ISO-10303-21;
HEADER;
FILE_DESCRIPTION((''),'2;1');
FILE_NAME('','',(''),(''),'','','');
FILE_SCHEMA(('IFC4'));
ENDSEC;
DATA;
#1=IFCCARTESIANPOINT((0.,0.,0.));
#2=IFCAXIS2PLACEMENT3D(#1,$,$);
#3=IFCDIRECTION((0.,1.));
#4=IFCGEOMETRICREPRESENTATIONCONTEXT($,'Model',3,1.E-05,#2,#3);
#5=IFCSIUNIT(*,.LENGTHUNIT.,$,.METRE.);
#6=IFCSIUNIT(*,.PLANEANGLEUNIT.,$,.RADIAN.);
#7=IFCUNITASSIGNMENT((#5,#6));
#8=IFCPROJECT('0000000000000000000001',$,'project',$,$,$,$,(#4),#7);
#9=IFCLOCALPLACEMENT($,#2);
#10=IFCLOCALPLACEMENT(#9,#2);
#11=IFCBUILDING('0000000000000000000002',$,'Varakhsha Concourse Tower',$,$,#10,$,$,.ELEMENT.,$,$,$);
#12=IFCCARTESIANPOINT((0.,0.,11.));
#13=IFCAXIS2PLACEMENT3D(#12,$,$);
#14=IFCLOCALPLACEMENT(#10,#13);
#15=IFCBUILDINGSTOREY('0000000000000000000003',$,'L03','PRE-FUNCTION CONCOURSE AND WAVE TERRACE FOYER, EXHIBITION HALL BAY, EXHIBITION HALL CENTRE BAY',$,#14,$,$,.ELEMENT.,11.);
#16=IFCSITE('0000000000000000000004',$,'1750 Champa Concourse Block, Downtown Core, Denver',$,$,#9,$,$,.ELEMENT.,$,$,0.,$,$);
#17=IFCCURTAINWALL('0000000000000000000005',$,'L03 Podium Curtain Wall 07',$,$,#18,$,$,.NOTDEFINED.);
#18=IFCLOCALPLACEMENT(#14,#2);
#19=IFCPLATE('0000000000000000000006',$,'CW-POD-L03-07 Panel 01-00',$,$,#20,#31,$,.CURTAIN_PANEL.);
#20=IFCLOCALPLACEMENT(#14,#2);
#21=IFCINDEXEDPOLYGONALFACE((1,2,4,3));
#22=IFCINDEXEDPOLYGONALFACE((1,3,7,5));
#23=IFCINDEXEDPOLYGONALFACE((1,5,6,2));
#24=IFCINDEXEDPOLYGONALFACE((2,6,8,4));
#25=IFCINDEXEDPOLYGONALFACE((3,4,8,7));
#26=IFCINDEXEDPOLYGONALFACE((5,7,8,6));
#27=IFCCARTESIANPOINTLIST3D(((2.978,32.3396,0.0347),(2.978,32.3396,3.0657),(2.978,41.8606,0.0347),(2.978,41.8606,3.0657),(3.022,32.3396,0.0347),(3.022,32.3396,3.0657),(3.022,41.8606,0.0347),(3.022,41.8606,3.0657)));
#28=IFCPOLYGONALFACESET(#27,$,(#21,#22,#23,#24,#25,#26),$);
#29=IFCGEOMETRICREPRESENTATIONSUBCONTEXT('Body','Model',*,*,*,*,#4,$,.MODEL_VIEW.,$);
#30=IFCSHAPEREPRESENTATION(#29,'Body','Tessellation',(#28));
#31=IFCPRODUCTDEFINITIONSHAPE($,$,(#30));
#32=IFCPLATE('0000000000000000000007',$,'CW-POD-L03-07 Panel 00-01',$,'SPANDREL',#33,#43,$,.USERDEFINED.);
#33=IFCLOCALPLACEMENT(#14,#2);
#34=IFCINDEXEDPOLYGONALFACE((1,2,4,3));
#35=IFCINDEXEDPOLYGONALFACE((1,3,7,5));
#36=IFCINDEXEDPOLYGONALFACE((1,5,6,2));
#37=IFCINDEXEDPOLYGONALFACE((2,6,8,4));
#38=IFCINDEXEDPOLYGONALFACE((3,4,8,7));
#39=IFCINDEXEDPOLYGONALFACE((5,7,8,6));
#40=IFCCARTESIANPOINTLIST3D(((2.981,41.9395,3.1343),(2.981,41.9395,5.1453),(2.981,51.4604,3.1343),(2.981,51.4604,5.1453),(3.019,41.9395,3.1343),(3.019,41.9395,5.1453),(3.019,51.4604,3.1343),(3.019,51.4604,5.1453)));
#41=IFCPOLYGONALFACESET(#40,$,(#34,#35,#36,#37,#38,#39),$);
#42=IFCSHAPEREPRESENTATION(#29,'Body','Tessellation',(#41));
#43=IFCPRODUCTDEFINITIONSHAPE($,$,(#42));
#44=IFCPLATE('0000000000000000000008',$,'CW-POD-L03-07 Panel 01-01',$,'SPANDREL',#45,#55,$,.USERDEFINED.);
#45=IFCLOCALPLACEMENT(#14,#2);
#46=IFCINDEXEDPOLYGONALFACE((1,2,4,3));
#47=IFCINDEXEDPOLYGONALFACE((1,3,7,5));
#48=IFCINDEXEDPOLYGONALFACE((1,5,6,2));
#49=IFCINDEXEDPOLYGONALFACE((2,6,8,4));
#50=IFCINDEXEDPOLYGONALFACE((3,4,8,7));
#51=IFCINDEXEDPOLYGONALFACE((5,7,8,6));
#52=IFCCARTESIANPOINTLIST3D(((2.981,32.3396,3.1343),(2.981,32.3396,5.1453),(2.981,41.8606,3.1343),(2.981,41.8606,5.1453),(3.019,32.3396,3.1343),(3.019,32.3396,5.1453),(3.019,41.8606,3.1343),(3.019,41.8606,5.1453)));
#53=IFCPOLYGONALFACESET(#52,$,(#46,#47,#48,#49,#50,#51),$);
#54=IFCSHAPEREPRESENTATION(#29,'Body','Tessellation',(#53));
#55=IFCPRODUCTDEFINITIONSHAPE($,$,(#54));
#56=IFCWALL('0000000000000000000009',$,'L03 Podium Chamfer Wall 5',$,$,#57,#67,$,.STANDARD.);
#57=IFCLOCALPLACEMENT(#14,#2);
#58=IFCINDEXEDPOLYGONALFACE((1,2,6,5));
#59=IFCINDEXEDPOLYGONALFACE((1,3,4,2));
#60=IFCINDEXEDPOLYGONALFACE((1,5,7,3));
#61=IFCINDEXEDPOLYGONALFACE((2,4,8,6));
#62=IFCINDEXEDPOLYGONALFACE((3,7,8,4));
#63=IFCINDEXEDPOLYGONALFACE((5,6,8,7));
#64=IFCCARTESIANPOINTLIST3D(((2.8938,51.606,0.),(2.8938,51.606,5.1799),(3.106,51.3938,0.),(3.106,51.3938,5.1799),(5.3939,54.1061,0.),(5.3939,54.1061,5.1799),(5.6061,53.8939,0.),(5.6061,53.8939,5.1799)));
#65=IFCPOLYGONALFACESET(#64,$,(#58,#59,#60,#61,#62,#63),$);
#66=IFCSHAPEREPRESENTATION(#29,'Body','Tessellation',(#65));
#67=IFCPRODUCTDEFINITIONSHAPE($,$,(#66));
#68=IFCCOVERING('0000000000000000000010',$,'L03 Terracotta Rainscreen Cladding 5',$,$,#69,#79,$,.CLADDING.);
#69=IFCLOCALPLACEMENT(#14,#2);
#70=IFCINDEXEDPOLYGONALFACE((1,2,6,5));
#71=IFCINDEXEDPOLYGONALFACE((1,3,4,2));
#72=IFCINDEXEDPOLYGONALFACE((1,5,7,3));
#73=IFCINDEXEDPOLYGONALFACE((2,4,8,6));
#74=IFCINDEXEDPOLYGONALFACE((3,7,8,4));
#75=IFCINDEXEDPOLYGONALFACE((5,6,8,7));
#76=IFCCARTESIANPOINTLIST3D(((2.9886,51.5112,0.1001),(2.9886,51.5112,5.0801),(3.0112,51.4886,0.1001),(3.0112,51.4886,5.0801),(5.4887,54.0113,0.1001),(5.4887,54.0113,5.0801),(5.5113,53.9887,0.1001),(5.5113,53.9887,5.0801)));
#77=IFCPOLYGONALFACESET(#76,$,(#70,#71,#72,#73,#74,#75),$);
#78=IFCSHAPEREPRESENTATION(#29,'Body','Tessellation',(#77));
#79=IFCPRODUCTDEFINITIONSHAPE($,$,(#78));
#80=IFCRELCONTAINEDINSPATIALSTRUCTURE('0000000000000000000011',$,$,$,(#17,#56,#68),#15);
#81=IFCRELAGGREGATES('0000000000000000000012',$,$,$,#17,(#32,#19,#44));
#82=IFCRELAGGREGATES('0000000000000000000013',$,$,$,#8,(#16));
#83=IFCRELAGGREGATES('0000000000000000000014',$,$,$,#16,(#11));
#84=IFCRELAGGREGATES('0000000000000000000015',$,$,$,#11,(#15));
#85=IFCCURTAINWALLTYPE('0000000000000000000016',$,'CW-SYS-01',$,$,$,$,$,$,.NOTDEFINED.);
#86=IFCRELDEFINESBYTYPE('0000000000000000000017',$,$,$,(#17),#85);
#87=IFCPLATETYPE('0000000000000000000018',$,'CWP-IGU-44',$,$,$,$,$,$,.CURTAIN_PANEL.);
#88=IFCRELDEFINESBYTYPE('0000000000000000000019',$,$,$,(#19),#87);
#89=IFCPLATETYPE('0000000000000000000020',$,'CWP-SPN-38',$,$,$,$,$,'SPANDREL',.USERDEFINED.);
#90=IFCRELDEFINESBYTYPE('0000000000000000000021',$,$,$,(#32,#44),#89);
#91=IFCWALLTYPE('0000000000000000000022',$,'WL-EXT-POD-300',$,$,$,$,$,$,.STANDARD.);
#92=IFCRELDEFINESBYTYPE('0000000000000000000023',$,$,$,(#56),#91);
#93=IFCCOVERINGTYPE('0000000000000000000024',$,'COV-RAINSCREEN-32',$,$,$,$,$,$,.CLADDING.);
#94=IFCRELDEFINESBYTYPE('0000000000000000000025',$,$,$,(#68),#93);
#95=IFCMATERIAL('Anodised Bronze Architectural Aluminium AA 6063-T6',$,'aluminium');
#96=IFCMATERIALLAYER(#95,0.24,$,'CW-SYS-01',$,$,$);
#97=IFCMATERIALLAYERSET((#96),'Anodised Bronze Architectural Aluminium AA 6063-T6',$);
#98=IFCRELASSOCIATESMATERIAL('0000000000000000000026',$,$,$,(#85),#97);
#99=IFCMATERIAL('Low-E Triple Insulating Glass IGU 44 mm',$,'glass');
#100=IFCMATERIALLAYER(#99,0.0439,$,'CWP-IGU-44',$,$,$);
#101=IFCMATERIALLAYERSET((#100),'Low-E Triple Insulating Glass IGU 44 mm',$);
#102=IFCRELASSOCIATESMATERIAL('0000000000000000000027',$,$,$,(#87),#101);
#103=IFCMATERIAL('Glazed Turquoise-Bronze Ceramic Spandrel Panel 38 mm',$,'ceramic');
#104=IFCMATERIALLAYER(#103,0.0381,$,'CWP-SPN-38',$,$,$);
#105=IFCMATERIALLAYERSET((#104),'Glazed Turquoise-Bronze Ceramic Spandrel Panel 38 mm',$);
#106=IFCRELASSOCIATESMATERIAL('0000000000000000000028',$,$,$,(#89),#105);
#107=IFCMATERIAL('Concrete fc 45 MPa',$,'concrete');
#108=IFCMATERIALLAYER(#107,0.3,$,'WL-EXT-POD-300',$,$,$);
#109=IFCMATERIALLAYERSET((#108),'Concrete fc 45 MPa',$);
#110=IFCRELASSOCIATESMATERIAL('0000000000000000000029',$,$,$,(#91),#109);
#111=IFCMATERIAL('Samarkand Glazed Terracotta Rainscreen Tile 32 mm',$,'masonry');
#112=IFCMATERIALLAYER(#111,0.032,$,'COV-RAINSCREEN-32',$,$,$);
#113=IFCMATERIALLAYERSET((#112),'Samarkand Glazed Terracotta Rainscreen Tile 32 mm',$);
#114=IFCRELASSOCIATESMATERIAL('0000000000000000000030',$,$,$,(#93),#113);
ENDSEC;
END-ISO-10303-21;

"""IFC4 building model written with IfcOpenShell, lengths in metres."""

from ifc_helpers import new_model, si_unit, direction, frame, frame_2d, origin, origin_2d, place, context, subcontext, project, spatial, rectangle, extrude, source, transform, mapped, material, layer, layer_set, type_object, type_shapes, element, aggregate, save


model = new_model("IFC4")

# Units and contexts
model_context = context("Model", 3, precision=1e-05, world=origin(), true_north=direction((0.0, 1.0)))
body_context = subcontext(model_context, "Body", "Model", "MODEL_VIEW")
ifc_project = project(units=[si_unit("LENGTHUNIT", "METRE"), si_unit("PLANEANGLEUNIT", "RADIAN")], contexts=[model_context])

# Site, building, storey
site_placement = place(None, origin())
site = spatial("IfcSite", under=ifc_project, at=site_placement, Name="1750 Champa Concourse Block, Downtown Core, Denver", CompositionType="ELEMENT", RefElevation=0.0)
building_placement = place(site_placement, origin())
building = spatial("IfcBuilding", under=site, at=building_placement, Name="Varakhsha Concourse Tower", CompositionType="ELEMENT")
storey_placement = place(building_placement, frame((0.0, 0.0, 11.0)))
storey = spatial("IfcBuildingStorey", under=building, at=storey_placement, Name="L03", Description="PRE-FUNCTION CONCOURSE AND WAVE TERRACE FOYER, EXHIBITION HALL BAY, EXHIBITION HALL CENTRE BAY", CompositionType="ELEMENT", Elevation=11.0)

# Curtain wall, plates
ifc_material_1 = material(Name="Anodised Bronze Architectural Aluminium AA 6063-T6", Category="aluminium")
ifc_layer_1 = layer(ifc_material_1, 0.24, Name="CW-SYS-01")
ifc_layer_set_1 = layer_set([ifc_layer_1], Name="Anodised Bronze Architectural Aluminium AA 6063-T6")
curtain_wall_type = type_object("IfcCurtainWallType", Name="CW-SYS-01", PredefinedType="NOTDEFINED", material=ifc_layer_set_1)
curtain_wall_placement = place(storey_placement, origin())
curtain_wall = element("IfcCurtainWall", 1, at=curtain_wall_placement, inside=storey, type_object=curtain_wall_type, Name="L03 Podium Curtain Wall 07", PredefinedType="NOTDEFINED")
ifc_material_2 = material(Name="Low-E Triple Insulating Glass IGU 44 mm", Category="glass")
ifc_layer_2 = layer(ifc_material_2, 0.0439, Name="CWP-IGU-44")
ifc_layer_set_2 = layer_set([ifc_layer_2], Name="Low-E Triple Insulating Glass IGU 44 mm")
plate_type_1 = type_object("IfcPlateType", Name="CWP-IGU-44", PredefinedType="CURTAIN_PANEL", material=ifc_layer_set_2)
shared_shape_1 = source(origin(), body_context, "Body", "SweptSolid", [
    extrude(rectangle(XDim=9.521, YDim=0.0439, at=origin_2d()), origin(), (0.0, 0.0, 1.0), 3.031),
])
type_shapes(plate_type_1, [shared_shape_1])
plate_1_placement = place(storey_placement, frame((3.0, 37.1001, 0.0347), z_axis=(0.0, 0.0, 1.0), x_axis=(0.0, -1.0, 0.0)))
plate_1 = element("IfcPlate", 2, at=plate_1_placement, type_object=plate_type_1, Name="CW-POD-L03-07 Panel 01-00", PredefinedType="CURTAIN_PANEL", context=body_context, shape_type="MappedRepresentation", body=[
    mapped(shared_shape_1, transform((0.0, 0.0, 0.0), scale=1.0)),
])
ifc_material_3 = material(Name="Glazed Turquoise-Bronze Ceramic Spandrel Panel 38 mm", Category="ceramic")
ifc_layer_3 = layer(ifc_material_3, 0.0381, Name="CWP-SPN-38")
ifc_layer_set_3 = layer_set([ifc_layer_3], Name="Glazed Turquoise-Bronze Ceramic Spandrel Panel 38 mm")
plate_type_2 = type_object("IfcPlateType", Name="CWP-SPN-38", ElementType="SPANDREL", PredefinedType="USERDEFINED", material=ifc_layer_set_3)
shared_shape_2 = source(origin(), body_context, "Body", "SweptSolid", [
    extrude(rectangle(XDim=9.521, YDim=0.0381, at=origin_2d()), origin(), (0.0, 0.0, 1.0), 2.011),
])
type_shapes(plate_type_2, [shared_shape_2])
plate_2_placement = place(storey_placement, frame((3.0, 46.7, 3.1343), z_axis=(0.0, 0.0, 1.0), x_axis=(0.0, -1.0, 0.0)))
plate_2 = element("IfcPlate", 3, at=plate_2_placement, type_object=plate_type_2, Name="CW-POD-L03-07 Panel 00-01", ObjectType="SPANDREL", PredefinedType="USERDEFINED", context=body_context, shape_type="MappedRepresentation", body=[
    mapped(shared_shape_2, transform((0.0, 0.0, 0.0), scale=1.0)),
])
plate_3_placement = place(storey_placement, frame((3.0, 37.1001, 3.1343), z_axis=(0.0, 0.0, 1.0), x_axis=(0.0, -1.0, 0.0)))
plate_3 = element("IfcPlate", 4, at=plate_3_placement, type_object=plate_type_2, Name="CW-POD-L03-07 Panel 01-01", ObjectType="SPANDREL", PredefinedType="USERDEFINED", context=body_context, shape_type="MappedRepresentation", body=[
    mapped(shared_shape_2, transform((0.0, 0.0, 0.0), scale=1.0)),
])
aggregate(curtain_wall, [plate_2, plate_1, plate_3])

# Wall
ifc_material_4 = material(Name="Concrete fc 45 MPa", Category="concrete")
ifc_layer_4 = layer(ifc_material_4, 0.3, Name="WL-EXT-POD-300")
ifc_layer_set_4 = layer_set([ifc_layer_4], Name="Concrete fc 45 MPa")
wall_type = type_object("IfcWallType", Name="WL-EXT-POD-300", PredefinedType="STANDARD", material=ifc_layer_set_4)
wall_placement = place(storey_placement, frame((5.5, 54.0, 0.0), z_axis=(0.0, 0.0, 1.0), x_axis=(-0.707107, -0.707107, 0.0)))
element("IfcWall", 5, at=wall_placement, inside=storey, type_object=wall_type, Name="L03 Podium Chamfer Wall 5", PredefinedType="STANDARD", context=body_context, shape_type="SweptSolid", body=[
    extrude(rectangle(XDim=3.5356, YDim=0.3, at=frame_2d((1.7678, 0.0))), origin(), (0.0, 0.0, 1.0), 5.1799),
])

# Covering
ifc_material_5 = material(Name="Samarkand Glazed Terracotta Rainscreen Tile 32 mm", Category="masonry")
ifc_layer_5 = layer(ifc_material_5, 0.032, Name="COV-RAINSCREEN-32")
ifc_layer_set_5 = layer_set([ifc_layer_5], Name="Samarkand Glazed Terracotta Rainscreen Tile 32 mm")
covering_type = type_object("IfcCoveringType", Name="COV-RAINSCREEN-32", PredefinedType="CLADDING", material=ifc_layer_set_5)
covering_placement = place(storey_placement, frame((5.5, 54.0, 0.1001), z_axis=(0.0, 0.0, 1.0), x_axis=(-0.707107, -0.707107, 0.0)))
element("IfcCovering", 6, at=covering_placement, inside=storey, type_object=covering_type, Name="L03 Terracotta Rainscreen Cladding 5", PredefinedType="CLADDING", context=body_context, shape_type="SweptSolid", body=[
    extrude(rectangle(XDim=3.5356, YDim=0.032, at=frame_2d((1.7678, 0.0))), origin(), (0.0, 0.0, 1.0), 4.98),
])

save(model, "model.ifc")
